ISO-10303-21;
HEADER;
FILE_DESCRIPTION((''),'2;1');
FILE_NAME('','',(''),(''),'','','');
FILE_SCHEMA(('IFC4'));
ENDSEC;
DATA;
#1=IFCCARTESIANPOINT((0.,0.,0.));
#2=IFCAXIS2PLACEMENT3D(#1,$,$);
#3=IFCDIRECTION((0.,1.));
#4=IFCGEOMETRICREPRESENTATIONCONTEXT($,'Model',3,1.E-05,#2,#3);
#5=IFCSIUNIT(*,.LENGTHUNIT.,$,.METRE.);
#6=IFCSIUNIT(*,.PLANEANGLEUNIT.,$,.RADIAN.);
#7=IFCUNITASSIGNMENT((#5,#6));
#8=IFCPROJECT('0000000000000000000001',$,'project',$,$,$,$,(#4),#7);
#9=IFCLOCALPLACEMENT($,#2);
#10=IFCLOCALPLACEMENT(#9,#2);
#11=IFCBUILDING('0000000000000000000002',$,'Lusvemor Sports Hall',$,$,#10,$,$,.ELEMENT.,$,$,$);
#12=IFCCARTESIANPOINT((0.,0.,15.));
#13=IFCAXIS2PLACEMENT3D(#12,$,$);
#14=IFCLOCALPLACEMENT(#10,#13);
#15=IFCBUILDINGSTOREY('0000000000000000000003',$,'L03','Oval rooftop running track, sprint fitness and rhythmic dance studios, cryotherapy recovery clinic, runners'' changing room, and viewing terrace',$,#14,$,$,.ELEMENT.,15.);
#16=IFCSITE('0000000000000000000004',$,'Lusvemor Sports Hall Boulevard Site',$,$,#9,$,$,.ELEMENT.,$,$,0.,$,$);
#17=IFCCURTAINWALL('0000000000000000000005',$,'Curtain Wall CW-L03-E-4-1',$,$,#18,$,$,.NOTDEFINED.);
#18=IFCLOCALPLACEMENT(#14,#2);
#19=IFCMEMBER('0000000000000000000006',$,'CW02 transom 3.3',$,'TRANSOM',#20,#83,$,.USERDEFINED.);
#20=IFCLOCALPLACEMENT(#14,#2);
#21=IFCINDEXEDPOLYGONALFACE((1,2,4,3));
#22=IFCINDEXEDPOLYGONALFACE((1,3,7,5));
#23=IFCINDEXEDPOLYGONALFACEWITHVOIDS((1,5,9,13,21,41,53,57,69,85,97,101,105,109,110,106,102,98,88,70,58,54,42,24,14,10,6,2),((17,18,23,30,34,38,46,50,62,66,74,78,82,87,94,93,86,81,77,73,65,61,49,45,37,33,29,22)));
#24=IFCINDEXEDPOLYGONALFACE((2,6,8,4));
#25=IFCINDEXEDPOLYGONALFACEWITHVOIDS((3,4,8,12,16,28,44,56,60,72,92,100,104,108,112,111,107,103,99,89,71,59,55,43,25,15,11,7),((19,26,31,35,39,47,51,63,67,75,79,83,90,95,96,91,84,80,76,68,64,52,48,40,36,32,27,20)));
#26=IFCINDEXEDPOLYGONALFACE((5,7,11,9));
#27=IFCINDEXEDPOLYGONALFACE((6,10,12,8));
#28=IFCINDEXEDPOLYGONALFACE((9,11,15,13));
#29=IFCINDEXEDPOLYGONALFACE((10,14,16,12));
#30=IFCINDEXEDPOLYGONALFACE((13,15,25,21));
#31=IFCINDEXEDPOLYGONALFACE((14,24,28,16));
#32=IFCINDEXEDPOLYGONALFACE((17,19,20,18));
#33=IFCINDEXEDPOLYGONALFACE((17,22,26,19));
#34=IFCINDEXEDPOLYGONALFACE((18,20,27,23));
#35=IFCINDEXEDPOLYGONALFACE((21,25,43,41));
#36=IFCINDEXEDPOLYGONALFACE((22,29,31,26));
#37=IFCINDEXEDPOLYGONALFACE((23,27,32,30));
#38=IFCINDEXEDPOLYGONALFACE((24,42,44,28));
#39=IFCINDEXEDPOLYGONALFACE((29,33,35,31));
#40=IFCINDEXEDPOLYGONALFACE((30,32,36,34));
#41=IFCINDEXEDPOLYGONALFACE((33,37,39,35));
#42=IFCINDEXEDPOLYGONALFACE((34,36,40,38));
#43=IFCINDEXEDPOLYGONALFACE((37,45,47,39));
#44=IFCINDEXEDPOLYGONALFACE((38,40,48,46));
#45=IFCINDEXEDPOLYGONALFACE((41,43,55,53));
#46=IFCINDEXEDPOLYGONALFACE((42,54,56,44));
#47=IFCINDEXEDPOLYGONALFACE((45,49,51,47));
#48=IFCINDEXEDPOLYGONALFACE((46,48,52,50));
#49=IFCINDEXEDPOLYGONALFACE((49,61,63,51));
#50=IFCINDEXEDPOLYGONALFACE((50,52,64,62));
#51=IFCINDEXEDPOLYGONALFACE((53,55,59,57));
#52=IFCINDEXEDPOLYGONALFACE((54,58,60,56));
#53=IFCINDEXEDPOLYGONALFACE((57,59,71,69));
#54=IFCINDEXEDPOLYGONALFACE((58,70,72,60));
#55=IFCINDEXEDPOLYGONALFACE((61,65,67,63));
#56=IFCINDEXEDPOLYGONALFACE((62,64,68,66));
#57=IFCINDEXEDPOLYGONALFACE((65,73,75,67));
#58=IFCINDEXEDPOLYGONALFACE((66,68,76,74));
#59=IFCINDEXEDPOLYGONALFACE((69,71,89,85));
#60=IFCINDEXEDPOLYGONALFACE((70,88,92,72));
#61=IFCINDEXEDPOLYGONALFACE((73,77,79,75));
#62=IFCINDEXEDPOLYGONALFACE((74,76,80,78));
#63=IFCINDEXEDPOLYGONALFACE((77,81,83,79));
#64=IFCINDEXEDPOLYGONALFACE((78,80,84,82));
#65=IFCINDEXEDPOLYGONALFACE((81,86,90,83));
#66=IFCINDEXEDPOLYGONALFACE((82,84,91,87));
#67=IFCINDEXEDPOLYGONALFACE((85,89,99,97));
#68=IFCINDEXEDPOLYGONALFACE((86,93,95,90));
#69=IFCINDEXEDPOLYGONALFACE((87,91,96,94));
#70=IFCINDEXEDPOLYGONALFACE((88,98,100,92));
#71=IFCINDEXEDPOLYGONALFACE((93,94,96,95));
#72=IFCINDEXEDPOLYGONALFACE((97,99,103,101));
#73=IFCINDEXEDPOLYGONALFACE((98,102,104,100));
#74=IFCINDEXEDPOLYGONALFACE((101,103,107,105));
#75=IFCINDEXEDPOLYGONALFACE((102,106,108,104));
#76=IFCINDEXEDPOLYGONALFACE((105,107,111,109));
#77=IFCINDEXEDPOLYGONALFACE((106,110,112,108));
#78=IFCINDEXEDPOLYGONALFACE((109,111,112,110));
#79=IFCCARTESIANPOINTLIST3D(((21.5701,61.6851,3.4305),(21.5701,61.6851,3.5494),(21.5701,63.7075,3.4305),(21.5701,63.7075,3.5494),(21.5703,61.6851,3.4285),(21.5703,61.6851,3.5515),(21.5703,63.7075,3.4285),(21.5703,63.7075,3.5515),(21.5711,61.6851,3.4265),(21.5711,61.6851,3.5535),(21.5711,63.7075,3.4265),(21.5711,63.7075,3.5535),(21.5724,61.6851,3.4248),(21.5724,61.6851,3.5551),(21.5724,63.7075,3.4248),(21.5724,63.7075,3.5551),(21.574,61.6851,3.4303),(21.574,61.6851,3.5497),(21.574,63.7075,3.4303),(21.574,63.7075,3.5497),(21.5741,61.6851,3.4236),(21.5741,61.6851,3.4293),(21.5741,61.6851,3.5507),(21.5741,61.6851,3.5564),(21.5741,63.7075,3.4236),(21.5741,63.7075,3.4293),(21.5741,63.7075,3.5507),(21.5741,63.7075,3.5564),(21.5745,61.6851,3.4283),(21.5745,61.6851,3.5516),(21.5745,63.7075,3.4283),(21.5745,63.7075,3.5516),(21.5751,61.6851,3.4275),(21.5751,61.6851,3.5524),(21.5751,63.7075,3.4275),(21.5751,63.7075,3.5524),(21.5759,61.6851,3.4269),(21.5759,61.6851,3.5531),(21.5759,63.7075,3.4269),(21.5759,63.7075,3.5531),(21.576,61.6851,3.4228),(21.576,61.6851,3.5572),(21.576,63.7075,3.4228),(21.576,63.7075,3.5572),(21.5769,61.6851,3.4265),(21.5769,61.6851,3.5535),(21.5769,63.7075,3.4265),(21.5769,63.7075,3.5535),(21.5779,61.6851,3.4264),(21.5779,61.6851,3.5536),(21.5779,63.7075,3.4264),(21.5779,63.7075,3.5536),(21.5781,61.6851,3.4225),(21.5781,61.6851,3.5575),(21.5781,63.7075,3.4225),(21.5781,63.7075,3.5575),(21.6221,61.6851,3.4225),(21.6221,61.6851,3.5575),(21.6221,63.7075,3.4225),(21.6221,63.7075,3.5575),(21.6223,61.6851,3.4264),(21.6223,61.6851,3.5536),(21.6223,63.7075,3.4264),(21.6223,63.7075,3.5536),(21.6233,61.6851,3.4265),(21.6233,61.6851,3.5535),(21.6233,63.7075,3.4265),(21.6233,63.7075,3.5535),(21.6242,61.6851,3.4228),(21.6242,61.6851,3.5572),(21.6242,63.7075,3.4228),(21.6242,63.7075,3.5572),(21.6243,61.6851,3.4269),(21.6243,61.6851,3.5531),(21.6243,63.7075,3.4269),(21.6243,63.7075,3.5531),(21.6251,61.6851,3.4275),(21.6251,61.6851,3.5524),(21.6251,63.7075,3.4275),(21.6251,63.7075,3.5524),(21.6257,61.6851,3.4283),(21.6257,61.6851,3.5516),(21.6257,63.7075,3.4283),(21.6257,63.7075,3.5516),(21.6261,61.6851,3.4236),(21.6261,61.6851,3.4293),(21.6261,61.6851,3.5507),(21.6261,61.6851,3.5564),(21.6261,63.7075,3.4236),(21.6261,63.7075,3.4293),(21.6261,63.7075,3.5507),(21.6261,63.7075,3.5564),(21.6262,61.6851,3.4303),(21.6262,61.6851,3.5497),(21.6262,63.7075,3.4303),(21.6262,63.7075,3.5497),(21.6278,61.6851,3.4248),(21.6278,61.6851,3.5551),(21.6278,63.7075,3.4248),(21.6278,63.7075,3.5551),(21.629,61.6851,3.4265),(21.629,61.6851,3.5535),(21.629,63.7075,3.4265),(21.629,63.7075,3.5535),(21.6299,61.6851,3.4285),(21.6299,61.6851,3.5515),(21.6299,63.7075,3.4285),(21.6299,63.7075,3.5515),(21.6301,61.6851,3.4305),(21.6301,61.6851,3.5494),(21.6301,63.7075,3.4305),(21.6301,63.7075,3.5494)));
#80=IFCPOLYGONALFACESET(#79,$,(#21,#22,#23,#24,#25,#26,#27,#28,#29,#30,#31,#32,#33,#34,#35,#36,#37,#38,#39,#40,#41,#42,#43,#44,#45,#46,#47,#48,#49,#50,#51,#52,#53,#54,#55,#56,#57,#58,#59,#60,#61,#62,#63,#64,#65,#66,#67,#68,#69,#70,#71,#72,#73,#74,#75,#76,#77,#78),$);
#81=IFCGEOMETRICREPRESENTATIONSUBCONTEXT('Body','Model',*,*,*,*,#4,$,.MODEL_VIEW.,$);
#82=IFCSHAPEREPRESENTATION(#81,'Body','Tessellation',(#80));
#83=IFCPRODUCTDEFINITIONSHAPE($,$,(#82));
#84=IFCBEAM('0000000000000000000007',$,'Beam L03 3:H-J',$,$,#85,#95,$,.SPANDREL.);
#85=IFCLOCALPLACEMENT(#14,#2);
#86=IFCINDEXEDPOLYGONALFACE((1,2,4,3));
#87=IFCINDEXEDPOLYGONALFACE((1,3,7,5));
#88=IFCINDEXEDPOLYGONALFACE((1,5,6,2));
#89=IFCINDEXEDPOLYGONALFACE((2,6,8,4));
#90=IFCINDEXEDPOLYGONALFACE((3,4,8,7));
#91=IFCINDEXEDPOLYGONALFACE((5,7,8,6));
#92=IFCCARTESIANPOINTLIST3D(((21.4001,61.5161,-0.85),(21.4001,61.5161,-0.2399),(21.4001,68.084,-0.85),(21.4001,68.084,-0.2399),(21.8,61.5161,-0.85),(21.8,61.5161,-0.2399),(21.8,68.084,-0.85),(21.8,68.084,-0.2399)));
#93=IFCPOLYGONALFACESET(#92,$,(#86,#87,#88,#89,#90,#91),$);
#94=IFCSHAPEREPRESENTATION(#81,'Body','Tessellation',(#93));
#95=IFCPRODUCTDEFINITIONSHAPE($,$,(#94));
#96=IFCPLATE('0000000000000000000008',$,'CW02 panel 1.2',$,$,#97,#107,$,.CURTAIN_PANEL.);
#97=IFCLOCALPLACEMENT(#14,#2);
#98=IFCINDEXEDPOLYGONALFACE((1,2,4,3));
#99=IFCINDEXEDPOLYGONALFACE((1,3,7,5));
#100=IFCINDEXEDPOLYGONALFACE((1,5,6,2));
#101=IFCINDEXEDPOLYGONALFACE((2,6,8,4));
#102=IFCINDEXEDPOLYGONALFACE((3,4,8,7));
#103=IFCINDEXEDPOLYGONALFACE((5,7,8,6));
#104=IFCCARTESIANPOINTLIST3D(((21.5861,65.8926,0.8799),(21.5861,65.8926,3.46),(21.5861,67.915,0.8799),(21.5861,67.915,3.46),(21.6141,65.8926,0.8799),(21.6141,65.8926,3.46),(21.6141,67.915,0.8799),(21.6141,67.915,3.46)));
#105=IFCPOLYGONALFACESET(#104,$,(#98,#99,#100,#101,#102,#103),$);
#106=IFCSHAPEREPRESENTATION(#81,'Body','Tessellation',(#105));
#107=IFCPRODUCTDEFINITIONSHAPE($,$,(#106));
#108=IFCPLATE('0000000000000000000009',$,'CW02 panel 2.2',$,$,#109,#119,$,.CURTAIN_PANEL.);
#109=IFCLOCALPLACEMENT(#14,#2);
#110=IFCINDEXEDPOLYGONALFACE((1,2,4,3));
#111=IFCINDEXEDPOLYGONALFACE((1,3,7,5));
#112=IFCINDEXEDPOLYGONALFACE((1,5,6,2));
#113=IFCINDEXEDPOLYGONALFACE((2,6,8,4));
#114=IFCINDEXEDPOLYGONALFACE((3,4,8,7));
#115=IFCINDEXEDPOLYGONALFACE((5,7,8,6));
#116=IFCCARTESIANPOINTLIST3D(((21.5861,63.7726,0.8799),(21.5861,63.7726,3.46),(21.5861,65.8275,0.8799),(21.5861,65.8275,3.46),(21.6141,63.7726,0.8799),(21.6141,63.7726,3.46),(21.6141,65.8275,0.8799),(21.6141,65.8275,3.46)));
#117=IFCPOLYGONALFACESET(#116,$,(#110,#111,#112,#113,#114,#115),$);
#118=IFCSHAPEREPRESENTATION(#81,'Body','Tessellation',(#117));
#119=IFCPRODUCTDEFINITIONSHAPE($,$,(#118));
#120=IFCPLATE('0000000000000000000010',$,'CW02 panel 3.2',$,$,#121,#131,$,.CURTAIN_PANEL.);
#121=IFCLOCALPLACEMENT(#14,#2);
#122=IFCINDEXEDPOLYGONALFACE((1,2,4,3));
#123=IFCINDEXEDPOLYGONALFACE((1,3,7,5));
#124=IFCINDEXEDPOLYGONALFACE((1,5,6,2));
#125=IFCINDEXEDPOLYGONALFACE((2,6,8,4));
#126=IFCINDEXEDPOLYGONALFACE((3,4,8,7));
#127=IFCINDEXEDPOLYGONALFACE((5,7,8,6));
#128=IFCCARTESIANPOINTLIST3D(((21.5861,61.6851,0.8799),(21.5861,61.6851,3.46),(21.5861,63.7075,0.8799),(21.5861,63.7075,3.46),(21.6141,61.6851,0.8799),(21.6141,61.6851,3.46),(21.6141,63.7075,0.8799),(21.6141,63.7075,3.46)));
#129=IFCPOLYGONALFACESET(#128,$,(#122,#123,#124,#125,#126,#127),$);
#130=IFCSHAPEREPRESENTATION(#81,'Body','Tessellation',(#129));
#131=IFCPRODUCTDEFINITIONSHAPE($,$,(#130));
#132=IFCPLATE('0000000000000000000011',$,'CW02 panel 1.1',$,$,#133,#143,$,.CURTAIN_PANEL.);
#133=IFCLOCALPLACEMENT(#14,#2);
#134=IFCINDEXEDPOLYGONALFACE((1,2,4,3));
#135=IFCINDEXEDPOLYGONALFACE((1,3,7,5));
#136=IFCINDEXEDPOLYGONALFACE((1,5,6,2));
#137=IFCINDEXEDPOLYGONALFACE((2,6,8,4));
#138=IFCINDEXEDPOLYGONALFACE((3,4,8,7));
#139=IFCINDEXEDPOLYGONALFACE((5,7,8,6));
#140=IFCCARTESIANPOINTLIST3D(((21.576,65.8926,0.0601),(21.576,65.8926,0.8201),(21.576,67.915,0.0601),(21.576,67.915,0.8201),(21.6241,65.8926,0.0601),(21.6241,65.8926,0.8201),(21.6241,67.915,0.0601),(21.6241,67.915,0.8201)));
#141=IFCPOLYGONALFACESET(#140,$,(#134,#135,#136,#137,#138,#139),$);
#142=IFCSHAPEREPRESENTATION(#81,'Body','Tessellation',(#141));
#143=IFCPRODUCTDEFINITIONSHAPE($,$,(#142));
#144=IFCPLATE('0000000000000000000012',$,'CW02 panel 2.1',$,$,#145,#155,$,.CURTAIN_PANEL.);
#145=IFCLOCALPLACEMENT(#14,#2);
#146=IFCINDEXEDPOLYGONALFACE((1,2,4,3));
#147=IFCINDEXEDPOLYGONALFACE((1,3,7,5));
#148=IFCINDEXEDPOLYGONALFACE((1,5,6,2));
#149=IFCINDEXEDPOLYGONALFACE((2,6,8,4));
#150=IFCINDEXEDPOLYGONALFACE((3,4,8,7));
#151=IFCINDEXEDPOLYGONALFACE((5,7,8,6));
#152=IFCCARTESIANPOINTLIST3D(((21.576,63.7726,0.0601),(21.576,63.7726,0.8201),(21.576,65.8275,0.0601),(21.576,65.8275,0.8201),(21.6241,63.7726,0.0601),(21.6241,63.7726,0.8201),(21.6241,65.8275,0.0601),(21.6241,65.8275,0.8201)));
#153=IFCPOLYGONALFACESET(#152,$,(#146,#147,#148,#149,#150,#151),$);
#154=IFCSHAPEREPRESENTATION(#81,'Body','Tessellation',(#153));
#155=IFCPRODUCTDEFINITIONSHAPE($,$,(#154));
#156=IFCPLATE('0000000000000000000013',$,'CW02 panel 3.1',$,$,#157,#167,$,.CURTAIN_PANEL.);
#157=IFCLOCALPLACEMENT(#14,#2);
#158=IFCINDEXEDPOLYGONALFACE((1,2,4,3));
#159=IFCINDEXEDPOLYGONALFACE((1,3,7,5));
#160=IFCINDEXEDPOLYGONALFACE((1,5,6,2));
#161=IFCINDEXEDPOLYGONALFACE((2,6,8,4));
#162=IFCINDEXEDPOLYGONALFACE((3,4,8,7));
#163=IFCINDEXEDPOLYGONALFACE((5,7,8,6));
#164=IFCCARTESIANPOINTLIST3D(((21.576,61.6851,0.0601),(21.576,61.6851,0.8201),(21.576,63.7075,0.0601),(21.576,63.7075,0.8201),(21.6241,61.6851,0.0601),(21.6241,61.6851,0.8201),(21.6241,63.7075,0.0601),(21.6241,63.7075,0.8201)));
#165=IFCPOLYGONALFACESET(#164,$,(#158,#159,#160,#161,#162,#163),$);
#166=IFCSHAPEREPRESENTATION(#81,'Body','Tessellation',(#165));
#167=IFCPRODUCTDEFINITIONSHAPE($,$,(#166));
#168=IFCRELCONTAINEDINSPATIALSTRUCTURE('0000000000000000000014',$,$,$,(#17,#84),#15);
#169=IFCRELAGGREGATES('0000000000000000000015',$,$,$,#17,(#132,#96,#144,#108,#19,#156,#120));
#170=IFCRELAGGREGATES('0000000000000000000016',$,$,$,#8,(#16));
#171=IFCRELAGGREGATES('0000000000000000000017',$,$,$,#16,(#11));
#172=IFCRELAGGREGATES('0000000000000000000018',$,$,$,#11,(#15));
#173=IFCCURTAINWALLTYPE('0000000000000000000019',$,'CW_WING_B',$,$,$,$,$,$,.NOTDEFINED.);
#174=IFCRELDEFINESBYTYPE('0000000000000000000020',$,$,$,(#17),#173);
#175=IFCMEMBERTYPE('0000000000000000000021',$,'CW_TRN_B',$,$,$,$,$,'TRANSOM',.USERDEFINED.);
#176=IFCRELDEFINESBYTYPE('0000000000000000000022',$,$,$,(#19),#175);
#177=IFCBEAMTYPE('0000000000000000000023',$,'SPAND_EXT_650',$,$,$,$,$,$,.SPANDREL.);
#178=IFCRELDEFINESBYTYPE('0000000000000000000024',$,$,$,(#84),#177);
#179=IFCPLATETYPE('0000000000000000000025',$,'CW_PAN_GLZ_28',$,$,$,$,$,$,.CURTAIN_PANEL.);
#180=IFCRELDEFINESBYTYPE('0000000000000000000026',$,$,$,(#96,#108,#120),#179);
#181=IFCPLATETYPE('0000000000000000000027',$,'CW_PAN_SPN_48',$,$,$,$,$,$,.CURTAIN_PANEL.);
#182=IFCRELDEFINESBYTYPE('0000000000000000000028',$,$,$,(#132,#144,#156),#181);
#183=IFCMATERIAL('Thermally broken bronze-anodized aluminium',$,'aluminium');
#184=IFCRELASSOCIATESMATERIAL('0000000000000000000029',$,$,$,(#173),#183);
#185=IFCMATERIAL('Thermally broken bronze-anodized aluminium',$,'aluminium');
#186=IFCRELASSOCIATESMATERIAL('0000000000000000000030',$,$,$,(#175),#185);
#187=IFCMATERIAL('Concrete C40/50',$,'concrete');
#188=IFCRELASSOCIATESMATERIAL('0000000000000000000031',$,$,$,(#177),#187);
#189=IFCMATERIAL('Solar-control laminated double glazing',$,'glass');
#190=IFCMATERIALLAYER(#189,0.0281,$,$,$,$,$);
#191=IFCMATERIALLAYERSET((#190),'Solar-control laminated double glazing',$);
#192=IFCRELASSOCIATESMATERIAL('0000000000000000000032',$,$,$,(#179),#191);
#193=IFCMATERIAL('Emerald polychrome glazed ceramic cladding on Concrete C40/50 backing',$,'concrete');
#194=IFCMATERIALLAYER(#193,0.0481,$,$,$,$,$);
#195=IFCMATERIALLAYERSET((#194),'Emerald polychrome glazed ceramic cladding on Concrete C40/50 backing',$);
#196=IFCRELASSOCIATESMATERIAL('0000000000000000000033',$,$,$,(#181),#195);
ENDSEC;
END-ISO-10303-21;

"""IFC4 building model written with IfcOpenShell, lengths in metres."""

from ifc_helpers import new_model, si_unit, direction, frame, origin, origin_2d, place, context, subcontext, project, spatial, rectangle, hollow_rectangle, extrude, material, layer, layer_set, material_profile, profile_set, type_object, element, aggregate, save


model = new_model("IFC4")

# Units and contexts
model_context = context("Model", 3, precision=1e-05, world=origin(), true_north=direction((0.0, 1.0)))
body_context = subcontext(model_context, "Body", "Model", "MODEL_VIEW")
ifc_project = project(units=[si_unit("LENGTHUNIT", "METRE"), si_unit("PLANEANGLEUNIT", "RADIAN")], contexts=[model_context])

# Site, building, storey
site_placement = place(None, origin())
site = spatial("IfcSite", under=ifc_project, at=site_placement, Name="Lusvemor Sports Hall Boulevard Site", CompositionType="ELEMENT", RefElevation=0.0)
building_placement = place(site_placement, origin())
building = spatial("IfcBuilding", under=site, at=building_placement, Name="Lusvemor Sports Hall", CompositionType="ELEMENT")
storey_placement = place(building_placement, frame((0.0, 0.0, 15.0)))
storey = spatial("IfcBuildingStorey", under=building, at=storey_placement, Name="L03", Description="Oval rooftop running track, sprint fitness and rhythmic dance studios, cryotherapy recovery clinic, runners' changing room, and viewing terrace", CompositionType="ELEMENT", Elevation=15.0)

# Shared definitions
ifc_material_1 = material(Name="Thermally broken bronze-anodized aluminium", Category="aluminium")
curtain_wall_type = type_object("IfcCurtainWallType", Name="CW_WING_B", PredefinedType="NOTDEFINED", material=ifc_material_1)

# Curtain wall
curtain_wall_1_placement = place(storey_placement, origin())
curtain_wall_1 = element("IfcCurtainWall", 1, at=curtain_wall_1_placement, inside=storey, type_object=curtain_wall_type, Name="Curtain Wall CW-L03-E-4-1", PredefinedType="NOTDEFINED")

# Member
ifc_material_2 = material(Name="Thermally broken bronze-anodized aluminium", Category="aluminium")
ifc_material_profile_1 = material_profile(ifc_material_2, hollow_rectangle(XDim=0.0601, YDim=0.135, WallThickness=0.0039, InnerFilletRadius=0.0039, OuterFilletRadius=0.0081, at=origin_2d()), Name="CWTRN135x60x4")
ifc_profile_set_1 = profile_set([ifc_material_profile_1], Name="Thermally broken bronze-anodized aluminium")
member_type_1 = type_object("IfcMemberType", Name="CW_TRN_B", ElementType="TRANSOM", PredefinedType="USERDEFINED", material=ifc_profile_set_1)
member_1_placement = place(storey_placement, frame((21.6001, 63.7075, 3.49), z_axis=(0.0, -1.0, 0.0), x_axis=(1.0, 0.0, 0.0)))
member_1 = element("IfcMember", 2, at=member_1_placement, type_object=member_type_1, Name="CW02 transom 3.3", ObjectType="TRANSOM", PredefinedType="USERDEFINED", context=body_context, shape_type="SweptSolid", body=[
    extrude(hollow_rectangle(XDim=0.0601, YDim=0.135, WallThickness=0.0039, InnerFilletRadius=0.0039, OuterFilletRadius=0.0081, at=origin_2d()), origin(), (0.0, 0.0, 1.0), 2.0225),
])

# Beam
ifc_material_3 = material(Name="Concrete C40/50", Category="concrete")
ifc_material_profile_2 = material_profile(ifc_material_3, rectangle(XDim=0.3999, YDim=0.6101, at=origin_2d()), Name="RC400x610")
ifc_profile_set_2 = profile_set([ifc_material_profile_2], Name="Concrete C40/50")
beam_type = type_object("IfcBeamType", Name="SPAND_EXT_650", PredefinedType="SPANDREL", material=ifc_profile_set_2)
beam_placement = place(storey_placement, frame((21.6001, 61.5161, -0.5449), z_axis=(0.0, 1.0, 0.0), x_axis=(-1.0, 0.0, 0.0)))
element("IfcBeam", 3, at=beam_placement, inside=storey, type_object=beam_type, Name="Beam L03 3:H-J", PredefinedType="SPANDREL", context=body_context, shape_type="SweptSolid", body=[
    extrude(rectangle(XDim=0.3999, YDim=0.6101, at=origin_2d()), origin(), (0.0, 0.0, 1.0), 6.5679),
])

# Plates
ifc_material_4 = material(Name="Solar-control laminated double glazing", Category="glass")
ifc_layer_1 = layer(ifc_material_4, 0.0281)
ifc_layer_set_1 = layer_set([ifc_layer_1], Name="Solar-control laminated double glazing")
plate_type_1 = type_object("IfcPlateType", Name="CW_PAN_GLZ_28", PredefinedType="CURTAIN_PANEL", material=ifc_layer_set_1)
plate_1_placement = place(storey_placement, frame((21.6001, 66.9038, 0.8799), z_axis=(0.0, 0.0, 1.0), x_axis=(0.0, -1.0, 0.0)))
plate_1 = element("IfcPlate", 4, at=plate_1_placement, type_object=plate_type_1, Name="CW02 panel 1.2", PredefinedType="CURTAIN_PANEL", context=body_context, shape_type="SweptSolid", body=[
    extrude(rectangle(XDim=2.0225, YDim=0.0281, at=origin_2d()), origin(), (0.0, 0.0, 1.0), 2.5801),
])
plate_2_placement = place(storey_placement, frame((21.6001, 64.8, 0.8799), z_axis=(0.0, 0.0, 1.0), x_axis=(0.0, -1.0, 0.0)))
plate_2 = element("IfcPlate", 5, at=plate_2_placement, type_object=plate_type_1, Name="CW02 panel 2.2", PredefinedType="CURTAIN_PANEL", context=body_context, shape_type="SweptSolid", body=[
    extrude(rectangle(XDim=2.0549, YDim=0.0281, at=origin_2d()), origin(), (0.0, 0.0, 1.0), 2.5801),
])
plate_3_placement = place(storey_placement, frame((21.6001, 62.6963, 0.8799), z_axis=(0.0, 0.0, 1.0), x_axis=(0.0, -1.0, 0.0)))
plate_3 = element("IfcPlate", 6, at=plate_3_placement, type_object=plate_type_1, Name="CW02 panel 3.2", PredefinedType="CURTAIN_PANEL", context=body_context, shape_type="SweptSolid", body=[
    extrude(rectangle(XDim=2.0225, YDim=0.0281, at=origin_2d()), origin(), (0.0, 0.0, 1.0), 2.5801),
])
ifc_material_5 = material(Name="Emerald polychrome glazed ceramic cladding on Concrete C40/50 backing", Category="concrete")
ifc_layer_2 = layer(ifc_material_5, 0.0481)
ifc_layer_set_2 = layer_set([ifc_layer_2], Name="Emerald polychrome glazed ceramic cladding on Concrete C40/50 backing")
plate_type_2 = type_object("IfcPlateType", Name="CW_PAN_SPN_48", PredefinedType="CURTAIN_PANEL", material=ifc_layer_set_2)
plate_4_placement = place(storey_placement, frame((21.6001, 66.9038, 0.0601), z_axis=(0.0, 0.0, 1.0), x_axis=(0.0, -1.0, 0.0)))
plate_4 = element("IfcPlate", 7, at=plate_4_placement, type_object=plate_type_2, Name="CW02 panel 1.1", PredefinedType="CURTAIN_PANEL", context=body_context, shape_type="SweptSolid", body=[
    extrude(rectangle(XDim=2.0225, YDim=0.0481, at=origin_2d()), origin(), (0.0, 0.0, 1.0), 0.76),
])
plate_5_placement = place(storey_placement, frame((21.6001, 64.8, 0.0601), z_axis=(0.0, 0.0, 1.0), x_axis=(0.0, -1.0, 0.0)))
plate_5 = element("IfcPlate", 8, at=plate_5_placement, type_object=plate_type_2, Name="CW02 panel 2.1", PredefinedType="CURTAIN_PANEL", context=body_context, shape_type="SweptSolid", body=[
    extrude(rectangle(XDim=2.0549, YDim=0.0481, at=origin_2d()), origin(), (0.0, 0.0, 1.0), 0.76),
])
plate_6_placement = place(storey_placement, frame((21.6001, 62.6963, 0.0601), z_axis=(0.0, 0.0, 1.0), x_axis=(0.0, -1.0, 0.0)))
plate_6 = element("IfcPlate", 9, at=plate_6_placement, type_object=plate_type_2, Name="CW02 panel 3.1", PredefinedType="CURTAIN_PANEL", context=body_context, shape_type="SweptSolid", body=[
    extrude(rectangle(XDim=2.0225, YDim=0.0481, at=origin_2d()), origin(), (0.0, 0.0, 1.0), 0.76),
])
aggregate(curtain_wall_1, [plate_4, plate_1, plate_5, plate_2, member_1, plate_6, plate_3])

save(model, "model.ifc")
